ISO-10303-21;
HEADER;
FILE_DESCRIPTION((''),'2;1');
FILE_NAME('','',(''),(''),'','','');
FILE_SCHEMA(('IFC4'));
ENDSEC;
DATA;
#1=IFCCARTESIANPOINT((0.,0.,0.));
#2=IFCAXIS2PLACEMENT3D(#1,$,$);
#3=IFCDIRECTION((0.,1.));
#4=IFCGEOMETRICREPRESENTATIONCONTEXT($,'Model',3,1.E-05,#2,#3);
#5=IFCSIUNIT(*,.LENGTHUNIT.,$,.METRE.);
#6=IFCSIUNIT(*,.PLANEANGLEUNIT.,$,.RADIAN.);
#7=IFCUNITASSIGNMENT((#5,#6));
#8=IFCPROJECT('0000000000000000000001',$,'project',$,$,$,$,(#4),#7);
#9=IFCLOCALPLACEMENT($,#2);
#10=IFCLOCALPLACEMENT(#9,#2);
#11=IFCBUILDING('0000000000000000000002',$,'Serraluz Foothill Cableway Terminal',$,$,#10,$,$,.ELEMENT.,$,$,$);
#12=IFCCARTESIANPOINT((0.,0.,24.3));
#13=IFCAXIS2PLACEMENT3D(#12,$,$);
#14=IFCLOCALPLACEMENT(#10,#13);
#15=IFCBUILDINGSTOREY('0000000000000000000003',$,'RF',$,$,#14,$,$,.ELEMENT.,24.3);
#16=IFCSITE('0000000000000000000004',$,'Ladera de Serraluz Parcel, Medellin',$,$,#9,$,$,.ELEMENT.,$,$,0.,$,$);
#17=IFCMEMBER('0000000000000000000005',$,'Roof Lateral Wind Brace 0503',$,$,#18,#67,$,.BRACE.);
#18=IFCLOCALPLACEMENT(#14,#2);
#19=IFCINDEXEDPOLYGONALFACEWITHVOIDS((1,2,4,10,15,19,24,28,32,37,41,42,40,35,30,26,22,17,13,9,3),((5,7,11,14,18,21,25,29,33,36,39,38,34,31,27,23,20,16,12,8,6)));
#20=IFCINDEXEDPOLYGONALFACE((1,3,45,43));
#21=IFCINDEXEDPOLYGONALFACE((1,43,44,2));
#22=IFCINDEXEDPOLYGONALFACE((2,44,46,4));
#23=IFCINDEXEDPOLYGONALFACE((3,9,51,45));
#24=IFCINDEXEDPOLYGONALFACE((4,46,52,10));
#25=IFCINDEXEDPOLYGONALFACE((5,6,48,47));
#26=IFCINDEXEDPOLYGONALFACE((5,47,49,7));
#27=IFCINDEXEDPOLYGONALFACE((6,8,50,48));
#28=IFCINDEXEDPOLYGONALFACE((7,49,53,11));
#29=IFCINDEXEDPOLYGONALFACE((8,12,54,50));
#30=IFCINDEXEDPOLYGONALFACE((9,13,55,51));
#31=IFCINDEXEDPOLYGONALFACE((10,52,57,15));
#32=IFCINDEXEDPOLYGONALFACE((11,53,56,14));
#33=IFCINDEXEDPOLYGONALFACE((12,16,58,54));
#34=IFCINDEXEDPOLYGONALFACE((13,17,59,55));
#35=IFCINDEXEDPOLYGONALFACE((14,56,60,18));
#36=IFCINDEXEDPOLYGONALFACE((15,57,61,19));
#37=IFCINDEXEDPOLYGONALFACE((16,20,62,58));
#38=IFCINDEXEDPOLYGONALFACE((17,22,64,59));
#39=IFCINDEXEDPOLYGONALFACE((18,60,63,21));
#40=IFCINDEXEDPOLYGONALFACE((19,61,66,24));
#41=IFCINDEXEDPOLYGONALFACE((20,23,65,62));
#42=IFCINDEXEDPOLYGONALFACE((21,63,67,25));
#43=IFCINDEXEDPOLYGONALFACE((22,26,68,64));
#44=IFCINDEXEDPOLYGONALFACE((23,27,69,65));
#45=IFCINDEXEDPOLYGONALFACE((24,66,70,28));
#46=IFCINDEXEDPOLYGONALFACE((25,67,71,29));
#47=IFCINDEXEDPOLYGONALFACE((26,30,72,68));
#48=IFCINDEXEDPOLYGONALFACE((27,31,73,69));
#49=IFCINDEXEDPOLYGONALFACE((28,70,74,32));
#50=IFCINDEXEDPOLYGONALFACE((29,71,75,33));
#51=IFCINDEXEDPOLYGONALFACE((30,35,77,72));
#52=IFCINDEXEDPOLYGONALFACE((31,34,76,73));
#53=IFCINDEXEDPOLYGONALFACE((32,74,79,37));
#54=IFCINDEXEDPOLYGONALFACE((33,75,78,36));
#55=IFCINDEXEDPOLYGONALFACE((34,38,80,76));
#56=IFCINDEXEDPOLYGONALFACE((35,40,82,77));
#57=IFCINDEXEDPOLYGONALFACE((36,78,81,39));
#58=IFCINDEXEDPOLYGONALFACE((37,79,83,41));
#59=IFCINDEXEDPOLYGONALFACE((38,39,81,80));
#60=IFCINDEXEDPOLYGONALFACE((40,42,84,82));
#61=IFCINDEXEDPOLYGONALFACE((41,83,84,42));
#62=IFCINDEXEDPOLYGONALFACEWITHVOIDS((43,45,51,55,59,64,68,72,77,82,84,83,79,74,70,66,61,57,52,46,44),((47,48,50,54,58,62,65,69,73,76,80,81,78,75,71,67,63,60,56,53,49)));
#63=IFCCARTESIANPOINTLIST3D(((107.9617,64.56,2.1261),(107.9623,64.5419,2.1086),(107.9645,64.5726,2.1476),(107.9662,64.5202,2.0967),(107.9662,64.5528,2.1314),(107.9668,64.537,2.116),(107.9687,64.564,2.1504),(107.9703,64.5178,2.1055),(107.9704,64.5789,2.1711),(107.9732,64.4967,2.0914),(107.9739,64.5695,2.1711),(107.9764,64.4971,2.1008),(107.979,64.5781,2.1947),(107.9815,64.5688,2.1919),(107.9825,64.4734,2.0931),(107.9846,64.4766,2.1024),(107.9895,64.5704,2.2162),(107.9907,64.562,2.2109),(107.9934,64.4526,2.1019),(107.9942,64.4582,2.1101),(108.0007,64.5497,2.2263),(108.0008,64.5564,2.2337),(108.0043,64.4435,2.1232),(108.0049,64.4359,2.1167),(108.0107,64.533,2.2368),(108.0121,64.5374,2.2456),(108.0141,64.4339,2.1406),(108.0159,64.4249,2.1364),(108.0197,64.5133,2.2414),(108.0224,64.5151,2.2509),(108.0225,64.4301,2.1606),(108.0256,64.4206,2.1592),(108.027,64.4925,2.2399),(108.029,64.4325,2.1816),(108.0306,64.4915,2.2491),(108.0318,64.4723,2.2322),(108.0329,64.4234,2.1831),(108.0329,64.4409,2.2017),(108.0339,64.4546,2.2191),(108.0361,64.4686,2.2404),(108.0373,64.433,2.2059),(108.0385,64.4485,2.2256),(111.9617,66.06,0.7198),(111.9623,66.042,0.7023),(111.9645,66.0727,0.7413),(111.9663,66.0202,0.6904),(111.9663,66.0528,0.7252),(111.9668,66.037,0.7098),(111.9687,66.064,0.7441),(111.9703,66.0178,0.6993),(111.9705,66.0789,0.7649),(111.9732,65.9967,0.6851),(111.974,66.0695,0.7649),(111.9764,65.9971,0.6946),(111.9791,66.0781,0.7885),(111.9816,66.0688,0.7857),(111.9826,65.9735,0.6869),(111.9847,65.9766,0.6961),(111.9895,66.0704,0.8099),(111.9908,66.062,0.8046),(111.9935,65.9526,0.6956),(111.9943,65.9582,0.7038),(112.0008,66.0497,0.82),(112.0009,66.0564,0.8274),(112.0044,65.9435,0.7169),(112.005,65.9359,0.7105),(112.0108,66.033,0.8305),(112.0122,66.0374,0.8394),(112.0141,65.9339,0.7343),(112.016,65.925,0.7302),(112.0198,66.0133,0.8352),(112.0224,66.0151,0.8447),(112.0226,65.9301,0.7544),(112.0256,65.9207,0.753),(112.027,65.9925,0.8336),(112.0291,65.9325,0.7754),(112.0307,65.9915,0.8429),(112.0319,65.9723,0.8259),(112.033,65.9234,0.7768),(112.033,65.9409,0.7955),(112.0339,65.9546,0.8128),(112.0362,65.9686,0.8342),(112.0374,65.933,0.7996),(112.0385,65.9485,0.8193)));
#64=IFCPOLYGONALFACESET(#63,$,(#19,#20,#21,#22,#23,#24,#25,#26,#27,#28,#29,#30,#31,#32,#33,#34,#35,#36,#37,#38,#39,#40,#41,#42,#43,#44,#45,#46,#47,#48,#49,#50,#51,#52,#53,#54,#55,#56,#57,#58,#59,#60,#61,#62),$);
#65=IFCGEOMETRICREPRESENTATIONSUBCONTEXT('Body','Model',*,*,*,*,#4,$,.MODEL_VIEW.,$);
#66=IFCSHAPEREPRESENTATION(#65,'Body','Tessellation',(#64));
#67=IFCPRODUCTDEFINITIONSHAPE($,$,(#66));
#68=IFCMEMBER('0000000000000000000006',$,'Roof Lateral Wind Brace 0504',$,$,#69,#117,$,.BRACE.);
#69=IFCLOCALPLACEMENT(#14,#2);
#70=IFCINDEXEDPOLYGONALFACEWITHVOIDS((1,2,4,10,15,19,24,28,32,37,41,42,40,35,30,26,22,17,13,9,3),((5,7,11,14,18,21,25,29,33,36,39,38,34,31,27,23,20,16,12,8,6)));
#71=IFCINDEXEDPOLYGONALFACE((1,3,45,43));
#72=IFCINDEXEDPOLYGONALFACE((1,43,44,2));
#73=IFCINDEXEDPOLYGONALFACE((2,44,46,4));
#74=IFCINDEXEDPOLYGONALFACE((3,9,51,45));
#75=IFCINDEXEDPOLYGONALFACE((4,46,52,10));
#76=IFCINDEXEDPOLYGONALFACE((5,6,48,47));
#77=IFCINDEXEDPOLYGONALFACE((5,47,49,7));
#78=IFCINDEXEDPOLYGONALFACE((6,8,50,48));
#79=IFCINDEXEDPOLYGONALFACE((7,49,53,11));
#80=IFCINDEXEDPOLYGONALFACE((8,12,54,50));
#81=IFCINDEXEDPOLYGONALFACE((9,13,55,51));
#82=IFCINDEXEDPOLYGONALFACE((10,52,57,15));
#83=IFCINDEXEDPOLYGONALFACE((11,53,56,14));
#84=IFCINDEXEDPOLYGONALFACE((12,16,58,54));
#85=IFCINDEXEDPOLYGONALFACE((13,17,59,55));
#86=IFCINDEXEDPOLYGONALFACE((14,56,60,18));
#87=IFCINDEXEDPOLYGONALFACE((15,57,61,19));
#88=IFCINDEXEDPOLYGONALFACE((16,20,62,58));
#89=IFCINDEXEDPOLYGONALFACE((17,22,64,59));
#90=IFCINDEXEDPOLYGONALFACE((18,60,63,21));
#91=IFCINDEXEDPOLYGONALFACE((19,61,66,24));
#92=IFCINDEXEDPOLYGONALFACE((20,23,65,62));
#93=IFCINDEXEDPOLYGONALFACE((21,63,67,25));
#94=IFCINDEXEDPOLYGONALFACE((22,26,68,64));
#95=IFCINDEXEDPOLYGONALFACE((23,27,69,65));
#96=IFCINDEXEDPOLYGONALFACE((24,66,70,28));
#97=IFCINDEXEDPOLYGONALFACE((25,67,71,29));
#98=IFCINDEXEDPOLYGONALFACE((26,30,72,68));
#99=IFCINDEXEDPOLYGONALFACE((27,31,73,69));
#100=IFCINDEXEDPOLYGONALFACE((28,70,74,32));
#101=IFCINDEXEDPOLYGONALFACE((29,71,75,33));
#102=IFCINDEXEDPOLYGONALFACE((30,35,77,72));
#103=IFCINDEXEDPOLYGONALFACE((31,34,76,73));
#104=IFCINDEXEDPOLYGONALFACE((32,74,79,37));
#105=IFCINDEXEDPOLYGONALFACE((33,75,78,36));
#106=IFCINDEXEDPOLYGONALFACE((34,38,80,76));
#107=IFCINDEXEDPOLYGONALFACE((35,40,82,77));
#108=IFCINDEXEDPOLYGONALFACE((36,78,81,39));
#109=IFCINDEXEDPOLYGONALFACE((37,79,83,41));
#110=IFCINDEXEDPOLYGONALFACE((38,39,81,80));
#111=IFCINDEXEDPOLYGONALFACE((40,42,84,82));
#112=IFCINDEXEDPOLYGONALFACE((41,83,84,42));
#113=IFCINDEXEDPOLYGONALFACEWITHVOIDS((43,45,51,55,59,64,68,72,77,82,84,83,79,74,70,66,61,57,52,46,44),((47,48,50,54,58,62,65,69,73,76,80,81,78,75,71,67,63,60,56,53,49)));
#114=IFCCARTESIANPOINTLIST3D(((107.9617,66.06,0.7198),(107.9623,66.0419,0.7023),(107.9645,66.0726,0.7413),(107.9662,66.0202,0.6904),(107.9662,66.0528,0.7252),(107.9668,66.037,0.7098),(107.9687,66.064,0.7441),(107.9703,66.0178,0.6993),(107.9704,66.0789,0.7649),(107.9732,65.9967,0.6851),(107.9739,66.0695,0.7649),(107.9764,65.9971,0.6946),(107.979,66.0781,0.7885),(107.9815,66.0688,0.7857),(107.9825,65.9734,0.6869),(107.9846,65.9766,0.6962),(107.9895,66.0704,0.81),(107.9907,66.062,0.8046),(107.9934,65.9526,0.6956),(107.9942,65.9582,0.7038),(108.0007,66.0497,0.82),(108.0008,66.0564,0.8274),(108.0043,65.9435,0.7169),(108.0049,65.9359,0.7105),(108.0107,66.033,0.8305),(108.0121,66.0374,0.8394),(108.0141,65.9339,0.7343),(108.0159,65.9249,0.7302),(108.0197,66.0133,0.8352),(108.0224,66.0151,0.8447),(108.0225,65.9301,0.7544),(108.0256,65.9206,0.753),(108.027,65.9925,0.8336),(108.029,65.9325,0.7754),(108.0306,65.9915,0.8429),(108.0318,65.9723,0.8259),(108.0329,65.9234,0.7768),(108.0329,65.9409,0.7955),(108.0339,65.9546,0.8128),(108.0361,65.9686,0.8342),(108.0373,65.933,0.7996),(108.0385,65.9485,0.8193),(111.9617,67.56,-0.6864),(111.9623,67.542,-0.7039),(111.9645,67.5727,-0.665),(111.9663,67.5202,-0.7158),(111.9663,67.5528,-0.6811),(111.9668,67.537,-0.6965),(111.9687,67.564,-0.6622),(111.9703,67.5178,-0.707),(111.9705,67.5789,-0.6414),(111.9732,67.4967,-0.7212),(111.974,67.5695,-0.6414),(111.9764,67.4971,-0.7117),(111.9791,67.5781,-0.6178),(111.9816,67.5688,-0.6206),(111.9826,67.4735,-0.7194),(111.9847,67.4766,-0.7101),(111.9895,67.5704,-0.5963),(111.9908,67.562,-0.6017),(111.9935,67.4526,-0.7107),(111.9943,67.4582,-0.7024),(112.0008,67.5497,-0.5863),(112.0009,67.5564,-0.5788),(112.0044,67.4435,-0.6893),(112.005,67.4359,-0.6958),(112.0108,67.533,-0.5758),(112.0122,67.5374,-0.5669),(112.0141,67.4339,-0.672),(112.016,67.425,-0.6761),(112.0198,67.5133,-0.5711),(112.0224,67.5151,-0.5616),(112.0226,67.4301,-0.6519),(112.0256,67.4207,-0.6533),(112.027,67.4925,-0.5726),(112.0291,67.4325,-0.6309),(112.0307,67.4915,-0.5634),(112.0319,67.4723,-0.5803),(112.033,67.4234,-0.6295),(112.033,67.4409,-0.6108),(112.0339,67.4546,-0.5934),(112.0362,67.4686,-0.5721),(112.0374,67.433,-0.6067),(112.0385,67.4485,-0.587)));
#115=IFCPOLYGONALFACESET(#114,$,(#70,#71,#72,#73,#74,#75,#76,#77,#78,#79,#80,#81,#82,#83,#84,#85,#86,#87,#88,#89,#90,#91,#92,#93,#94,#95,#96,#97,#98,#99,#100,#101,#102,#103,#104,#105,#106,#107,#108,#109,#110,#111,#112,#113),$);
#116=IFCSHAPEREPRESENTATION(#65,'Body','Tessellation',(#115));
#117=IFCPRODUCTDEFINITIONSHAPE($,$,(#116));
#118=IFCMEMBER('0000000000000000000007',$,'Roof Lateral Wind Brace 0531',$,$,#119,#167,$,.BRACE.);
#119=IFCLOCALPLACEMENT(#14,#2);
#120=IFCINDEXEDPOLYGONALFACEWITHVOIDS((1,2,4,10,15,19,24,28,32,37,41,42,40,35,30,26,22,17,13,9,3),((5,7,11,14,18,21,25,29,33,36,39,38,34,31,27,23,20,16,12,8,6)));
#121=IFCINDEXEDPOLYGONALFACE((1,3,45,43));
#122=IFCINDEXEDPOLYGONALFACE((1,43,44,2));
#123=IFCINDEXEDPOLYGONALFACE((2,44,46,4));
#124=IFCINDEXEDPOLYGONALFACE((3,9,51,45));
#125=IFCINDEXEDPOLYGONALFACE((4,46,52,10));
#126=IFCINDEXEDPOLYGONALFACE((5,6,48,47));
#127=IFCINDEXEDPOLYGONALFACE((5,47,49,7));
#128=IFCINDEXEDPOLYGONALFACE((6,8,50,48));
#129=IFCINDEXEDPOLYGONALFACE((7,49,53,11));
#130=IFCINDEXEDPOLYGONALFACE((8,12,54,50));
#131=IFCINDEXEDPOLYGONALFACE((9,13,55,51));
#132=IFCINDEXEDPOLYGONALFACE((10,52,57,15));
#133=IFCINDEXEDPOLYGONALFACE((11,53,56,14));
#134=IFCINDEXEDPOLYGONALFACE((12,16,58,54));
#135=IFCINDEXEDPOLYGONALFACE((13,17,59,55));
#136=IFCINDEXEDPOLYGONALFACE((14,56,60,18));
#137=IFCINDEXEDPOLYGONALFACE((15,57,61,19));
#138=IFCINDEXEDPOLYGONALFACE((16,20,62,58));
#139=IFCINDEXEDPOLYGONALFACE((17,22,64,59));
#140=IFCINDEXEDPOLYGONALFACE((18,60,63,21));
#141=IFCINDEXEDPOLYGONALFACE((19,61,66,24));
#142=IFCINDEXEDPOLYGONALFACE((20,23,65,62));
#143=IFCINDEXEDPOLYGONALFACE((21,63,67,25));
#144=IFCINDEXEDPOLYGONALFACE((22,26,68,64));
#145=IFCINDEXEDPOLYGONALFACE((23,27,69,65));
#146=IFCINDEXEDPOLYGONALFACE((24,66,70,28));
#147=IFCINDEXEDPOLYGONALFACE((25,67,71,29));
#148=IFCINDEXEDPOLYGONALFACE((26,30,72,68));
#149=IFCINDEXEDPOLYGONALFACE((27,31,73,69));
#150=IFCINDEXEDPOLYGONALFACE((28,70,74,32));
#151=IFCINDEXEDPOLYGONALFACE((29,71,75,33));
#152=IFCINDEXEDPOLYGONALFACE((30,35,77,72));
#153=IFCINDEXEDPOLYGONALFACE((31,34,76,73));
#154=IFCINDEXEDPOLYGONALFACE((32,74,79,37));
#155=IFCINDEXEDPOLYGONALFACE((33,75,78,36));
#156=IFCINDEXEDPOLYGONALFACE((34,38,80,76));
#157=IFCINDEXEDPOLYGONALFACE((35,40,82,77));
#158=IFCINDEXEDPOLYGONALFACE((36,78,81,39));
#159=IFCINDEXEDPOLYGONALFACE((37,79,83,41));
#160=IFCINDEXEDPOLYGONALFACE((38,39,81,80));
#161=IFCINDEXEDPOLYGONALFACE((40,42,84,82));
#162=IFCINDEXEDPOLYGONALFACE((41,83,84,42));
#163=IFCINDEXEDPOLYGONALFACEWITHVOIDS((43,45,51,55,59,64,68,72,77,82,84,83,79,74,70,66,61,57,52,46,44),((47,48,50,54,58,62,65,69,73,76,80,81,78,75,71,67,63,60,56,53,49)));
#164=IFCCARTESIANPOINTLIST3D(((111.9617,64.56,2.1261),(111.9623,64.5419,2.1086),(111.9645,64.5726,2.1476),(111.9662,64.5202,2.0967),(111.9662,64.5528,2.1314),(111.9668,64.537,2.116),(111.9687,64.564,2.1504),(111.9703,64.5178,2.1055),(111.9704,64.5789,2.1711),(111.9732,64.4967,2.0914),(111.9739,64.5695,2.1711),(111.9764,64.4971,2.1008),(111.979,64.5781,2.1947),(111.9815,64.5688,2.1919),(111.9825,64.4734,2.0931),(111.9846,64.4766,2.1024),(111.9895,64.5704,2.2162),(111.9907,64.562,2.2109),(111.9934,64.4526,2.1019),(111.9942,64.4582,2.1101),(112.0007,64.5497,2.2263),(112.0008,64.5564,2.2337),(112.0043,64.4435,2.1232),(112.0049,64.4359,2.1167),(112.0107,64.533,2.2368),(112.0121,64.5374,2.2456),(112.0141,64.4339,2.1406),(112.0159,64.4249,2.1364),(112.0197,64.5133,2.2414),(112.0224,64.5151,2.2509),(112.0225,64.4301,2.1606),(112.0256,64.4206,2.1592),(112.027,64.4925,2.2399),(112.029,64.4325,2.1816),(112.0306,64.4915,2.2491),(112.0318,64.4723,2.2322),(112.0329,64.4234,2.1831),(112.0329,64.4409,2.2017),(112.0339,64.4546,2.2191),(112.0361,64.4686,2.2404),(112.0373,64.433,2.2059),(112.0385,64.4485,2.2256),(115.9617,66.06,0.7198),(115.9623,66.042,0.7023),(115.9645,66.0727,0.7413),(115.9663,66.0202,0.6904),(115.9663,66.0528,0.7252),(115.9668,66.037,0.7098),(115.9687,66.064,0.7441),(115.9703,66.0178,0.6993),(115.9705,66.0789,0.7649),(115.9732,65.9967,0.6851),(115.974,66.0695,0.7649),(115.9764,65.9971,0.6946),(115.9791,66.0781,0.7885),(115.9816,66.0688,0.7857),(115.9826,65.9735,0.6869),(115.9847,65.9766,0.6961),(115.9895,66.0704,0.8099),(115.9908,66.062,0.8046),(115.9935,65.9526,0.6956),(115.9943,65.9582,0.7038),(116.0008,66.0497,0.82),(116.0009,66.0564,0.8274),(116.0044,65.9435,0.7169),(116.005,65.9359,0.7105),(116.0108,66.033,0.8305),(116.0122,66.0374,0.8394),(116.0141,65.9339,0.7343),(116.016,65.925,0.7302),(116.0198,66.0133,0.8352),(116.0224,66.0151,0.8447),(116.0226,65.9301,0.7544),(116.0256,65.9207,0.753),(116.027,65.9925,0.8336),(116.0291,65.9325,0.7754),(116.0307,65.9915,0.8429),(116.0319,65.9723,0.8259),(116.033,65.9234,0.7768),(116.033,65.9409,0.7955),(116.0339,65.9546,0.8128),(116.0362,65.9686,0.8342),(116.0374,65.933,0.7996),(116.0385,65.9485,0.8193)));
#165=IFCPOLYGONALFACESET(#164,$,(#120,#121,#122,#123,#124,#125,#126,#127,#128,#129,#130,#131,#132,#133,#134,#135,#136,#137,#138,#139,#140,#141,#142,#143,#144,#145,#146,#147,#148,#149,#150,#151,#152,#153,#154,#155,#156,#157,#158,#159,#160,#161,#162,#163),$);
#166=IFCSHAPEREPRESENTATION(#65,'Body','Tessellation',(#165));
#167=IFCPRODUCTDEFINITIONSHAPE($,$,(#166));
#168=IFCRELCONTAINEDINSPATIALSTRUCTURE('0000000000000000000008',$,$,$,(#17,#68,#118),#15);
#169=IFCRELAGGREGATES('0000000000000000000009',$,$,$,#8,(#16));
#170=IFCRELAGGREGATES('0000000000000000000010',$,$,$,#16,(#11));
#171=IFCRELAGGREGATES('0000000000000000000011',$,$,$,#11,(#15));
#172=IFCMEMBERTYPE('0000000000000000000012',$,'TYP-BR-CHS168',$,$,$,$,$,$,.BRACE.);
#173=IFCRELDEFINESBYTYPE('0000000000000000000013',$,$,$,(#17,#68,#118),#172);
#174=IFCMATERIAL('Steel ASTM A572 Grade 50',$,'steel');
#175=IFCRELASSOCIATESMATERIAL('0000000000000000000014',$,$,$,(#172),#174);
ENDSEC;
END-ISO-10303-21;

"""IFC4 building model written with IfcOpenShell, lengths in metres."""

from ifc_helpers import new_model, si_unit, direction, frame, origin, origin_2d, place, context, subcontext, project, spatial, hollow_circle, extrude, material, material_profile, profile_set, type_object, element, save


model = new_model("IFC4")

# Units and contexts
model_context = context("Model", 3, precision=1e-05, world=origin(), true_north=direction((0.0, 1.0)))
body_context = subcontext(model_context, "Body", "Model", "MODEL_VIEW")
ifc_project = project(units=[si_unit("LENGTHUNIT", "METRE"), si_unit("PLANEANGLEUNIT", "RADIAN")], contexts=[model_context])

# Site, building, storey
site_placement = place(None, origin())
site = spatial("IfcSite", under=ifc_project, at=site_placement, Name="Ladera de Serraluz Parcel, Medellin", CompositionType="ELEMENT", RefElevation=0.0)
building_placement = place(site_placement, origin())
building = spatial("IfcBuilding", under=site, at=building_placement, Name="Serraluz Foothill Cableway Terminal", CompositionType="ELEMENT")
storey_placement = place(building_placement, frame((0.0, 0.0, 24.3)))
storey = spatial("IfcBuildingStorey", under=building, at=storey_placement, Name="RF", CompositionType="ELEMENT", Elevation=24.3)

# Members
ifc_material_1 = material(Name="Steel ASTM A572 Grade 50", Category="steel")
ifc_material_profile_1 = material_profile(ifc_material_1, hollow_circle(Radius=0.0842, WallThickness=0.01, at=origin_2d()), Name="CHS168X10")
ifc_profile_set_1 = profile_set([ifc_material_profile_1], Name="Steel ASTM A572 Grade 50")
member_type_1 = type_object("IfcMemberType", Name="TYP-BR-CHS168", PredefinedType="BRACE", material=ifc_profile_set_1)
for number, where, z_axis, x_axis, name in (
    (1, (108.0, 64.5, 2.1711), (0.889382, 0.333518, -0.312673), (-0.351123, 0.936329, 0.0), "Roof Lateral Wind Brace 0503"),
    (2, (108.0, 66.0, 0.7649), (0.889382, 0.333518, -0.312673), (-0.351123, 0.936329, 0.0), "Roof Lateral Wind Brace 0504"),
    (3, (112.0, 64.5, 2.1711), (0.889382, 0.333518, -0.312673), (-0.351123, 0.936329, 0.0), "Roof Lateral Wind Brace 0531"),
):
    element("IfcMember", number, at=place(storey_placement, frame(where, z_axis=z_axis, x_axis=x_axis)), inside=storey, type_object=member_type_1, Name=name, PredefinedType="BRACE", context=body_context, shape_type="SweptSolid", body=[
        extrude(hollow_circle(Radius=0.0842, WallThickness=0.01, at=origin_2d()), origin(), (0.0, 0.0, 1.0), 4.4976),
    ])

save(model, "model.ifc")
